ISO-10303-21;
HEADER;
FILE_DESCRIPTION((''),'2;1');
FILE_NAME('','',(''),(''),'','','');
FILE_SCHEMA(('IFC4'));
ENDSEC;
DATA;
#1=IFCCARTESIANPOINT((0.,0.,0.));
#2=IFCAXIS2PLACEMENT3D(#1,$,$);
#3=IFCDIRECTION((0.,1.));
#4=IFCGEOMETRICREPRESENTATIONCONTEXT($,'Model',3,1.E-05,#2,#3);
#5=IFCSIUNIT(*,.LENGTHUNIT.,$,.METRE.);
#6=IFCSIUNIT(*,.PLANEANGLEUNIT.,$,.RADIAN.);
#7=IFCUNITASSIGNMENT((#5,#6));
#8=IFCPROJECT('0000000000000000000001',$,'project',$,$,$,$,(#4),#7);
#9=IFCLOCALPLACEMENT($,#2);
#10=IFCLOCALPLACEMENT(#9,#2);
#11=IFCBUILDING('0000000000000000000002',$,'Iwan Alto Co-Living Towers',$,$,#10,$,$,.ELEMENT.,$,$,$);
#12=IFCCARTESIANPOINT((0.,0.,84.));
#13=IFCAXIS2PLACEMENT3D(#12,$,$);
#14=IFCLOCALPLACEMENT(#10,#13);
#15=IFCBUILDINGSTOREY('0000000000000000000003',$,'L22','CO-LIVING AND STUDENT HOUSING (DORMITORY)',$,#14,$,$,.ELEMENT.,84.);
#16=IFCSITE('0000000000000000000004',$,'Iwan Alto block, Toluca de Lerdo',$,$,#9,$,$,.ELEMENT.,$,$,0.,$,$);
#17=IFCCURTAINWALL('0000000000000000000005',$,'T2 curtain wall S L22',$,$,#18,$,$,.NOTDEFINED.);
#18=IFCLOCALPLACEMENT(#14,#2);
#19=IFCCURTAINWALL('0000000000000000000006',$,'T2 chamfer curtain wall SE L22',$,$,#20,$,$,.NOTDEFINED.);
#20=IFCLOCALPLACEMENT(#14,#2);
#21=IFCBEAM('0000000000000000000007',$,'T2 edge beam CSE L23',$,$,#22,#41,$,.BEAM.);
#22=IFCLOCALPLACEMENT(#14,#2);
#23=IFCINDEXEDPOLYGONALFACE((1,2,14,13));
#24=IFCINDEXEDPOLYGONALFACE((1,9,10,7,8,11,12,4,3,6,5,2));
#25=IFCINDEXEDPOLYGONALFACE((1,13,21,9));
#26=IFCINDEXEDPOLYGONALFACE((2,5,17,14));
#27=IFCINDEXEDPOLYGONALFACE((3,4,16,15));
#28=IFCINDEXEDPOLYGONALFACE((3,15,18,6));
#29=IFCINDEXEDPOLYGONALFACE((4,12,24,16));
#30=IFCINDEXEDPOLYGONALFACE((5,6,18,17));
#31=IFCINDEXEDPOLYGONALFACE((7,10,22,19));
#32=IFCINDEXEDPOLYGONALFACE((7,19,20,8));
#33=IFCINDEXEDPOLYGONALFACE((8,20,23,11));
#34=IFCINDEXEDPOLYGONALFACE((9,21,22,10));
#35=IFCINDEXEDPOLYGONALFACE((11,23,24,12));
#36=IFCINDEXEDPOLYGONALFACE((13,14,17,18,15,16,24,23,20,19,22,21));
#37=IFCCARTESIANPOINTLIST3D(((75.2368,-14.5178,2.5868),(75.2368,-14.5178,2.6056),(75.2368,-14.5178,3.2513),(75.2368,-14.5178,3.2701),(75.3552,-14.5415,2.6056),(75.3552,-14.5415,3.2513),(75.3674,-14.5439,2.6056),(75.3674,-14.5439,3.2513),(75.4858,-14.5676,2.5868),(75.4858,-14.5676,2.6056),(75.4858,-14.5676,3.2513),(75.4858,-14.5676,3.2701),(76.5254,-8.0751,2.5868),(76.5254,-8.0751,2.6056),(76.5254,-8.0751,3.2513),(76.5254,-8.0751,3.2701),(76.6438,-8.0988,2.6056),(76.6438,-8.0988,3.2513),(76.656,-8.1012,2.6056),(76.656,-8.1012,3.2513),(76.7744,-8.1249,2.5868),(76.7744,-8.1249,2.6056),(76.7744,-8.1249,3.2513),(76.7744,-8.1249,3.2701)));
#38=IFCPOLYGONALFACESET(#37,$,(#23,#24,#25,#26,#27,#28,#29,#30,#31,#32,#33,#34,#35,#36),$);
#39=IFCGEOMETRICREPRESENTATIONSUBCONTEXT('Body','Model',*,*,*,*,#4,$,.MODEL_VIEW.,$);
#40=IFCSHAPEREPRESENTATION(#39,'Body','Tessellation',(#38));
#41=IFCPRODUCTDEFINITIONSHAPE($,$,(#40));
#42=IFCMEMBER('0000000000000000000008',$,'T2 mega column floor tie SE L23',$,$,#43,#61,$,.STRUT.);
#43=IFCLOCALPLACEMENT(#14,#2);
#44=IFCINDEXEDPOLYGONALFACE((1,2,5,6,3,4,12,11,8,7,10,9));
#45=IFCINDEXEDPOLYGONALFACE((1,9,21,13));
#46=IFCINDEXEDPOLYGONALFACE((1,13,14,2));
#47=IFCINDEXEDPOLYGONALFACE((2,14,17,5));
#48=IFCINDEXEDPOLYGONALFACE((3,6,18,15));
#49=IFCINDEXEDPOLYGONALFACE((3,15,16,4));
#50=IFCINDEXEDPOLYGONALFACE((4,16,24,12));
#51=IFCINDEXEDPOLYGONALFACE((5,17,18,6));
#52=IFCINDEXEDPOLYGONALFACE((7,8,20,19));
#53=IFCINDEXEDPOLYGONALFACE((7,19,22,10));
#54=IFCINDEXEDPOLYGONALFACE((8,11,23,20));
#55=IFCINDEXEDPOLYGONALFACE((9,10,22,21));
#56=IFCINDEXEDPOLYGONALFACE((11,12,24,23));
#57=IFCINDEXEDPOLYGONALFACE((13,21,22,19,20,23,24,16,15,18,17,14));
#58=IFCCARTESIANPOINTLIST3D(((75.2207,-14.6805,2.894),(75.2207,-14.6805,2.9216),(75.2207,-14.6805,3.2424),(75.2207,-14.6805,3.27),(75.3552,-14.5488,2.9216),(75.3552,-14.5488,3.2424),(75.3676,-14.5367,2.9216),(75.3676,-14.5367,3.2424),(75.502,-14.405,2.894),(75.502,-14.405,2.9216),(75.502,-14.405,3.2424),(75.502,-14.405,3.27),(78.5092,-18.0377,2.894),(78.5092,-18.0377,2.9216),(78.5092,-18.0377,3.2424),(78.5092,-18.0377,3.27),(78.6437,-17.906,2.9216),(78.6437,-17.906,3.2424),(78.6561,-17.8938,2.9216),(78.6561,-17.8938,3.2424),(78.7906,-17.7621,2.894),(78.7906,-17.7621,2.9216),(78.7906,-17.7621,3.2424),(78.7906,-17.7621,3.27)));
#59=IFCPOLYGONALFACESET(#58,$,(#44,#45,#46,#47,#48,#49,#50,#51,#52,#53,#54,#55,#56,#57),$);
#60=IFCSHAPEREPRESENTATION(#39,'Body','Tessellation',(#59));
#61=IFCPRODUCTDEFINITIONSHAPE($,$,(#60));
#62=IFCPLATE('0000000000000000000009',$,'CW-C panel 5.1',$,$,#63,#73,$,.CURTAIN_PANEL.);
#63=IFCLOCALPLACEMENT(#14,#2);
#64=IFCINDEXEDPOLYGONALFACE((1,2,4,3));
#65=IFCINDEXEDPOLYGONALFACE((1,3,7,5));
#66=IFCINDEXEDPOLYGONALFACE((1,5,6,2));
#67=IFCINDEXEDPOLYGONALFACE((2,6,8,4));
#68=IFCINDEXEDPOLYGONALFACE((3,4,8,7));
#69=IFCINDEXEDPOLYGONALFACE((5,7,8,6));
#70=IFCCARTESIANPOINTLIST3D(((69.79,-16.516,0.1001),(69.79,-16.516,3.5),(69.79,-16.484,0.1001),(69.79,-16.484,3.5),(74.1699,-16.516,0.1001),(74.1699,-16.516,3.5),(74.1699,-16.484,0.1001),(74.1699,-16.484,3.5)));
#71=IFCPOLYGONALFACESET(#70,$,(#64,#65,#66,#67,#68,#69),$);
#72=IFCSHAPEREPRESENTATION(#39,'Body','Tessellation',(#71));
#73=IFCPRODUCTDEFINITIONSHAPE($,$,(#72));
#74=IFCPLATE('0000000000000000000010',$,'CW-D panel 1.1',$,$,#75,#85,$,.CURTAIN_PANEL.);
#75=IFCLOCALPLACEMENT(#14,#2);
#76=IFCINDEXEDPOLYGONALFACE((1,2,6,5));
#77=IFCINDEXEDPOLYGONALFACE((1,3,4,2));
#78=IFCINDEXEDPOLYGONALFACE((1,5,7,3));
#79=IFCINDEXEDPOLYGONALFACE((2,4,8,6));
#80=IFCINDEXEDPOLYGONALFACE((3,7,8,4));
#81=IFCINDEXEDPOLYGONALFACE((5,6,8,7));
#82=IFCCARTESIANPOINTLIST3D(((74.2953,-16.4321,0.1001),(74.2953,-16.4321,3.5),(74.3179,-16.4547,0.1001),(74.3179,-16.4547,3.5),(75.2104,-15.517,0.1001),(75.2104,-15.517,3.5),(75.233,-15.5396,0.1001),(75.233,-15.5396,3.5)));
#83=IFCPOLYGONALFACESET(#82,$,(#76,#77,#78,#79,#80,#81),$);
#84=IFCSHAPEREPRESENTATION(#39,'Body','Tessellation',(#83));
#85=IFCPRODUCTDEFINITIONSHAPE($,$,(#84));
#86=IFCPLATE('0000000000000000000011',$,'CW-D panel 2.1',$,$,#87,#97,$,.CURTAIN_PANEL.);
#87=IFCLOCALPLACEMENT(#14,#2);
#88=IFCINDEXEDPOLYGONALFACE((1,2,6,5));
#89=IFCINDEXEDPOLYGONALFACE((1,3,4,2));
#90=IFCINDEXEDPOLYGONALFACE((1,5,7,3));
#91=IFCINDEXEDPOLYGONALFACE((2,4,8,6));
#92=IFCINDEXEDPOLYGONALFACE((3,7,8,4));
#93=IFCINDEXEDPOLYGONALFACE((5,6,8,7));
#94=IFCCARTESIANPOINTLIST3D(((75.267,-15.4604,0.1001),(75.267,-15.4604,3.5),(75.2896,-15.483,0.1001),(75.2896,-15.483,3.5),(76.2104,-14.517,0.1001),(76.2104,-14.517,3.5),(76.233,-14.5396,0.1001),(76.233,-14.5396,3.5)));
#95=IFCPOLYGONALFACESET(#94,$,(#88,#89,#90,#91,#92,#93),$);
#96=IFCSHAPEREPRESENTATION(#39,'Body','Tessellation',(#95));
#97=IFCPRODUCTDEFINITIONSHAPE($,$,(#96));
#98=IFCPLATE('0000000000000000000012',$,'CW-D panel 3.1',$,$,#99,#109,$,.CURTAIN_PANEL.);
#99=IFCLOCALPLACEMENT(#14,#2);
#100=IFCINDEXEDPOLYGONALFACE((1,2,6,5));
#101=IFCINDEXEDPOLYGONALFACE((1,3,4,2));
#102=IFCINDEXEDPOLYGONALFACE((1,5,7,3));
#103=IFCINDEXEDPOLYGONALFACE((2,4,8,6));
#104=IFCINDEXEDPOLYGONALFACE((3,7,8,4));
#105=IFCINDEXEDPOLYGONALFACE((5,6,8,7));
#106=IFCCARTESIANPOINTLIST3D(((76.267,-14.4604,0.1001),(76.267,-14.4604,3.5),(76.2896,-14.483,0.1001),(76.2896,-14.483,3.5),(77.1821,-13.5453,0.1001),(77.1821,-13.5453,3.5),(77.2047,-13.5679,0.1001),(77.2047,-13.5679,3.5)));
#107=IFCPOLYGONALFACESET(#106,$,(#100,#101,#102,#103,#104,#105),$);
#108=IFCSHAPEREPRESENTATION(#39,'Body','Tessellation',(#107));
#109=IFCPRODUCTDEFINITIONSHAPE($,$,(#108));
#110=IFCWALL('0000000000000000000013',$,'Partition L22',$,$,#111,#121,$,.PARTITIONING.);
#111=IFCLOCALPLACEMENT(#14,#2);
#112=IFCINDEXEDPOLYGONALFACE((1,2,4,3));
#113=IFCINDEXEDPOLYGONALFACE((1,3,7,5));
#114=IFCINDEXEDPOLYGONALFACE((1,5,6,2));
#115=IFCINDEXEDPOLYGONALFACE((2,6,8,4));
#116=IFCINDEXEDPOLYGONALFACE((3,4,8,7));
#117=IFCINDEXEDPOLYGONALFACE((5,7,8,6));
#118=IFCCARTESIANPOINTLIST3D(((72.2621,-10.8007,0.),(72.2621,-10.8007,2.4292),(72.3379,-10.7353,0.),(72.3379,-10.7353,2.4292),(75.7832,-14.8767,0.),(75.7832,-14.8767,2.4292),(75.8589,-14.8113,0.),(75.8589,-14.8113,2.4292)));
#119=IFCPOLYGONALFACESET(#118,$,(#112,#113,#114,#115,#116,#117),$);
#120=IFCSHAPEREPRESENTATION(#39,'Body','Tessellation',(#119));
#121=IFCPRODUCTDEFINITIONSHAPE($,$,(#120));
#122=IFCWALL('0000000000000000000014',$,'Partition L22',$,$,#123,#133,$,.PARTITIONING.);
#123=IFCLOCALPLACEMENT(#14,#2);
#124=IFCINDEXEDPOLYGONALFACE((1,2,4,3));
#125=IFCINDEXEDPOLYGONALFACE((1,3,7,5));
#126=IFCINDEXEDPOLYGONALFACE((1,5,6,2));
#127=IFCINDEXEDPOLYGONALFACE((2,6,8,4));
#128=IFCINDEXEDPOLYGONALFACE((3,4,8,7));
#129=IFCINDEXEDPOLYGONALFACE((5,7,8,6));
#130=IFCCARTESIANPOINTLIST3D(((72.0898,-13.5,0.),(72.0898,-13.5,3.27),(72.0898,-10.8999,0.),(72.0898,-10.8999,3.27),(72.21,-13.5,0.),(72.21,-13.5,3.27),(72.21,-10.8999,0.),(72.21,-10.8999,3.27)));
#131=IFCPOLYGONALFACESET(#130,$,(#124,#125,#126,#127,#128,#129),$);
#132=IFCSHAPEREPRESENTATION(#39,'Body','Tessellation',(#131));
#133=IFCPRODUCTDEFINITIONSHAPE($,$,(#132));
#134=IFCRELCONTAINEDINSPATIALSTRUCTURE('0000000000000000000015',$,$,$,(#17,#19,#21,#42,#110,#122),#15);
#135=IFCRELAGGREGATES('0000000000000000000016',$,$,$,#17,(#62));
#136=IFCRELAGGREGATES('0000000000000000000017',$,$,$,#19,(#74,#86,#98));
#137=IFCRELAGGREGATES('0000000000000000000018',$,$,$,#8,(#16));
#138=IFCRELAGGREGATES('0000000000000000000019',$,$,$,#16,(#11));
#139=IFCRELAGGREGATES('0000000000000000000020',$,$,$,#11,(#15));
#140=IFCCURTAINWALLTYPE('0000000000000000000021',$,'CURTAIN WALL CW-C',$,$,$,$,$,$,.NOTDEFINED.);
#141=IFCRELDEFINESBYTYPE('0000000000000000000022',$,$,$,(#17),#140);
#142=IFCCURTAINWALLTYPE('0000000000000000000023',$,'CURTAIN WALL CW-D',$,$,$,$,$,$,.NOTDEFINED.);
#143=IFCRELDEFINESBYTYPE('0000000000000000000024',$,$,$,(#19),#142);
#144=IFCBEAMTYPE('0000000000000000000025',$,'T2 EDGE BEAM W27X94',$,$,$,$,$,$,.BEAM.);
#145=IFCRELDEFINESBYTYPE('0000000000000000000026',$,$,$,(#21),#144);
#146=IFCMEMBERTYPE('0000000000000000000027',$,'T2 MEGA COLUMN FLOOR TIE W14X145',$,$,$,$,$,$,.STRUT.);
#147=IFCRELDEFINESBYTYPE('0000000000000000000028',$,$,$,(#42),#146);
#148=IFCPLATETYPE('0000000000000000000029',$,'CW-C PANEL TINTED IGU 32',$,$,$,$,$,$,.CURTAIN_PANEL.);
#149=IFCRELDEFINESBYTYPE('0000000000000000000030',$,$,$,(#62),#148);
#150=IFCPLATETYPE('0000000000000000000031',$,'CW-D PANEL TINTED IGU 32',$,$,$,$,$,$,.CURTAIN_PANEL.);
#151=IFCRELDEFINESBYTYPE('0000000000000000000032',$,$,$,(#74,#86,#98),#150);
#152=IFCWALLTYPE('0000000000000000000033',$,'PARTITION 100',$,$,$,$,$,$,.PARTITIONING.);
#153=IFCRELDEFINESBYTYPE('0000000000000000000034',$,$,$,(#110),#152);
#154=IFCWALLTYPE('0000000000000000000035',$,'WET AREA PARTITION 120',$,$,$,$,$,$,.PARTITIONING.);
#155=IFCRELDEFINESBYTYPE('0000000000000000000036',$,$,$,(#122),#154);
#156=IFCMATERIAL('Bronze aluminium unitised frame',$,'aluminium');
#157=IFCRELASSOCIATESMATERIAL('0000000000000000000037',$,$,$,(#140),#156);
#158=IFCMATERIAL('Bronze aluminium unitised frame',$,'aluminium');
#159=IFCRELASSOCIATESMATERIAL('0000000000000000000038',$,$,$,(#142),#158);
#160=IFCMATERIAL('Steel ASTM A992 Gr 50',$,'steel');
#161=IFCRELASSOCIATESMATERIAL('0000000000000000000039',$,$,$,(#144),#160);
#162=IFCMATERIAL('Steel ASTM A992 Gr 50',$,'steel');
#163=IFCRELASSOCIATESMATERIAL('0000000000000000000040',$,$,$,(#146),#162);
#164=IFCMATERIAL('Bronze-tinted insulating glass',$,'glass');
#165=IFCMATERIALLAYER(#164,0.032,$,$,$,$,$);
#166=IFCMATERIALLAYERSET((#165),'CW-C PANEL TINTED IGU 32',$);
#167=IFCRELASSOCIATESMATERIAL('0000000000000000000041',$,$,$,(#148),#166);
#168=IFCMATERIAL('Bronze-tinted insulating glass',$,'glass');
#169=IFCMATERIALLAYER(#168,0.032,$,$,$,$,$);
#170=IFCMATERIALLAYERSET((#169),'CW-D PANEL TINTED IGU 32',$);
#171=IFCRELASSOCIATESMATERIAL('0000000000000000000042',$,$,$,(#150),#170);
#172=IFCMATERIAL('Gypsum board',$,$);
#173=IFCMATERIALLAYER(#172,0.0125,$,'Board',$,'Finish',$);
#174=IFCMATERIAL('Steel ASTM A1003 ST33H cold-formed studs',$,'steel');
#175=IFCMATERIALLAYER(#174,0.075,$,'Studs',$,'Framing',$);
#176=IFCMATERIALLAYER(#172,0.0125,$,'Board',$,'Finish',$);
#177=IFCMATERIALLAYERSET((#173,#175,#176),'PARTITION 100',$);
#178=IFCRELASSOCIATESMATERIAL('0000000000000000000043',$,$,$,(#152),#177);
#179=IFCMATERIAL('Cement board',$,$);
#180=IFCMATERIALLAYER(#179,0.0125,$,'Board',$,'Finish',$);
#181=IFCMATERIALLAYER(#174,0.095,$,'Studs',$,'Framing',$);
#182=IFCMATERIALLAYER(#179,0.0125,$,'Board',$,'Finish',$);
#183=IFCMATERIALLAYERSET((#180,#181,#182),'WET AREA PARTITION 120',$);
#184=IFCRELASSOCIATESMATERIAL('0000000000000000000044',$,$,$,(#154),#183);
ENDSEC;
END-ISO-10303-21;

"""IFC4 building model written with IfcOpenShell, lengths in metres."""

from ifc_helpers import new_model, si_unit, direction, frame, frame_2d, origin, origin_2d, place, context, subcontext, project, spatial, rectangle, i_section, extrude, material, layer, layer_set, material_profile, profile_set, type_object, element, aggregate, save


model = new_model("IFC4")

# Units and contexts
model_context = context("Model", 3, precision=1e-05, world=origin(), true_north=direction((0.0, 1.0)))
body_context = subcontext(model_context, "Body", "Model", "MODEL_VIEW")
ifc_project = project(units=[si_unit("LENGTHUNIT", "METRE"), si_unit("PLANEANGLEUNIT", "RADIAN")], contexts=[model_context])

# Site, building, storey
site_placement = place(None, origin())
site = spatial("IfcSite", under=ifc_project, at=site_placement, Name="Iwan Alto block, Toluca de Lerdo", CompositionType="ELEMENT", RefElevation=0.0)
building_placement = place(site_placement, origin())
building = spatial("IfcBuilding", under=site, at=building_placement, Name="Iwan Alto Co-Living Towers", CompositionType="ELEMENT")
storey_placement = place(building_placement, frame((0.0, 0.0, 84.0)))
storey = spatial("IfcBuildingStorey", under=building, at=storey_placement, Name="L22", Description="CO-LIVING AND STUDENT HOUSING (DORMITORY)", CompositionType="ELEMENT", Elevation=84.0)

# Curtain wall
ifc_material_1 = material(Name="Bronze aluminium unitised frame", Category="aluminium")
curtain_wall_type_1 = type_object("IfcCurtainWallType", Name="CURTAIN WALL CW-C", PredefinedType="NOTDEFINED", material=ifc_material_1)
curtain_wall_1_placement = place(storey_placement, origin())
curtain_wall_1 = element("IfcCurtainWall", 1, at=curtain_wall_1_placement, inside=storey, type_object=curtain_wall_type_1, Name="T2 curtain wall S L22", PredefinedType="NOTDEFINED")

# Curtain wall
ifc_material_2 = material(Name="Bronze aluminium unitised frame", Category="aluminium")
curtain_wall_type_2 = type_object("IfcCurtainWallType", Name="CURTAIN WALL CW-D", PredefinedType="NOTDEFINED", material=ifc_material_2)
curtain_wall_2_placement = place(storey_placement, origin())
curtain_wall_2 = element("IfcCurtainWall", 2, at=curtain_wall_2_placement, inside=storey, type_object=curtain_wall_type_2, Name="T2 chamfer curtain wall SE L22", PredefinedType="NOTDEFINED")

# Beam
ifc_material_3 = material(Name="Steel ASTM A992 Gr 50", Category="steel")
ifc_material_profile_1 = material_profile(ifc_material_3, i_section(OverallWidth=0.2539, OverallDepth=0.6833, WebThickness=0.0125, FlangeThickness=0.0188, at=origin_2d()), Name="W27X94")
ifc_profile_set_1 = profile_set([ifc_material_profile_1], Name="Steel ASTM A992 Gr 50")
beam_type_1 = type_object("IfcBeamType", Name="T2 EDGE BEAM W27X94", PredefinedType="BEAM", material=ifc_profile_set_1)
beam_1_placement = place(storey_placement, frame((75.3613, -14.5427, 2.9285), z_axis=(0.196123, 0.980579, 0.0), x_axis=(-0.980579, 0.196123, 0.0)))
element("IfcBeam", 3, at=beam_1_placement, inside=storey, type_object=beam_type_1, Name="T2 edge beam CSE L23", PredefinedType="BEAM", context=body_context, shape_type="SweptSolid", body=[
    extrude(i_section(OverallWidth=0.2539, OverallDepth=0.6833, WebThickness=0.0125, FlangeThickness=0.0188, at=origin_2d()), origin(), (0.0, 0.0, 1.0), 6.5703),
])

# Member
ifc_material_4 = material(Name="Steel ASTM A992 Gr 50", Category="steel")
ifc_material_profile_2 = material_profile(ifc_material_4, i_section(OverallWidth=0.3938, OverallDepth=0.376, WebThickness=0.0173, FlangeThickness=0.0276, at=origin_2d()), Name="W14X145")
ifc_profile_set_2 = profile_set([ifc_material_profile_2], Name="Steel ASTM A992 Gr 50")
member_type_1 = type_object("IfcMemberType", Name="T2 MEGA COLUMN FLOOR TIE W14X145", PredefinedType="STRUT", material=ifc_profile_set_2)
member_1_placement = place(storey_placement, frame((78.6499, -17.8999, 3.082), z_axis=(-0.69977, 0.714368, 0.0), x_axis=(-0.714368, -0.69977, 0.0)))
element("IfcMember", 4, at=member_1_placement, inside=storey, type_object=member_type_1, Name="T2 mega column floor tie SE L23", PredefinedType="STRUT", context=body_context, shape_type="SweptSolid", body=[
    extrude(i_section(OverallWidth=0.3938, OverallDepth=0.376, WebThickness=0.0173, FlangeThickness=0.0276, at=origin_2d()), origin(), (0.0, 0.0, 1.0), 4.6995),
])

# Plates
ifc_material_5 = material(Name="Bronze-tinted insulating glass", Category="glass")
ifc_layer_1 = layer(ifc_material_5, 0.032)
ifc_layer_set_1 = layer_set([ifc_layer_1], Name="CW-C PANEL TINTED IGU 32")
plate_type_1 = type_object("IfcPlateType", Name="CW-C PANEL TINTED IGU 32", PredefinedType="CURTAIN_PANEL", material=ifc_layer_set_1)
plate_1_placement = place(storey_placement, frame((71.98, -16.5, 0.1001), z_axis=(0.0, 0.0, 1.0), x_axis=(1.0, 0.0, 0.0)))
plate_1 = element("IfcPlate", 5, at=plate_1_placement, type_object=plate_type_1, Name="CW-C panel 5.1", PredefinedType="CURTAIN_PANEL", context=body_context, shape_type="SweptSolid", body=[
    extrude(rectangle(XDim=4.3799, YDim=0.032, at=origin_2d()), origin(), (0.0, 0.0, 1.0), 3.3999),
])
aggregate(curtain_wall_1, [plate_1])
ifc_material_6 = material(Name="Bronze-tinted insulating glass", Category="glass")
ifc_layer_2 = layer(ifc_material_6, 0.032)
ifc_layer_set_2 = layer_set([ifc_layer_2], Name="CW-D PANEL TINTED IGU 32")
plate_type_2 = type_object("IfcPlateType", Name="CW-D PANEL TINTED IGU 32", PredefinedType="CURTAIN_PANEL", material=ifc_layer_set_2)
plate_2_placement = place(storey_placement, frame((74.7642, -15.9858, 0.1001), z_axis=(0.0, 0.0, 1.0), x_axis=(0.707107, 0.707107, 0.0)))
plate_2 = element("IfcPlate", 6, at=plate_2_placement, type_object=plate_type_2, Name="CW-D panel 1.1", PredefinedType="CURTAIN_PANEL", context=body_context, shape_type="SweptSolid", body=[
    extrude(rectangle(XDim=1.2942, YDim=0.032, at=origin_2d()), origin(), (0.0, 0.0, 1.0), 3.3999),
])
plate_3_placement = place(storey_placement, frame((75.75, -15.0, 0.1001), z_axis=(0.0, 0.0, 1.0), x_axis=(0.707107, 0.707107, 0.0)))
plate_3 = element("IfcPlate", 7, at=plate_3_placement, type_object=plate_type_2, Name="CW-D panel 2.1", PredefinedType="CURTAIN_PANEL", context=body_context, shape_type="SweptSolid", body=[
    extrude(rectangle(XDim=1.3342, YDim=0.032, at=origin_2d()), origin(), (0.0, 0.0, 1.0), 3.3999),
])
plate_4_placement = place(storey_placement, frame((76.7358, -14.0142, 0.1001), z_axis=(0.0, 0.0, 1.0), x_axis=(0.707107, 0.707107, 0.0)))
plate_4 = element("IfcPlate", 8, at=plate_4_placement, type_object=plate_type_2, Name="CW-D panel 3.1", PredefinedType="CURTAIN_PANEL", context=body_context, shape_type="SweptSolid", body=[
    extrude(rectangle(XDim=1.2942, YDim=0.032, at=origin_2d()), origin(), (0.0, 0.0, 1.0), 3.3999),
])
aggregate(curtain_wall_2, [plate_2, plate_3, plate_4])

# Walls
ifc_material_7 = material(Name="Gypsum board")
ifc_layer_3 = layer(ifc_material_7, 0.0125, Name="Board", Category="Finish")
ifc_material_8 = material(Name="Steel ASTM A1003 ST33H cold-formed studs", Category="steel")
ifc_layer_4 = layer(ifc_material_8, 0.075, Name="Studs", Category="Framing")
ifc_layer_5 = layer(ifc_material_7, 0.0125, Name="Board", Category="Finish")
ifc_layer_set_3 = layer_set([ifc_layer_3, ifc_layer_4, ifc_layer_5], Name="PARTITION 100")
wall_type_1 = type_object("IfcWallType", Name="PARTITION 100", PredefinedType="PARTITIONING", material=ifc_layer_set_3)
wall_1_placement = place(storey_placement, frame((75.821, -14.844, 0.0), z_axis=(0.0, 0.0, 1.0), x_axis=(-0.653713, 0.756742, 0.0)))
element("IfcWall", 9, at=wall_1_placement, inside=storey, type_object=wall_type_1, Name="Partition L22", PredefinedType="PARTITIONING", context=body_context, shape_type="SweptSolid", body=[
    extrude(rectangle(XDim=5.3862, YDim=0.1001, at=frame_2d((2.6931, 0.0))), origin(), (0.0, 0.0, 1.0), 2.4292),
])
ifc_material_9 = material(Name="Cement board")
ifc_layer_6 = layer(ifc_material_9, 0.0125, Name="Board", Category="Finish")
ifc_layer_7 = layer(ifc_material_8, 0.095, Name="Studs", Category="Framing")
ifc_layer_8 = layer(ifc_material_9, 0.0125, Name="Board", Category="Finish")
ifc_layer_set_4 = layer_set([ifc_layer_6, ifc_layer_7, ifc_layer_8], Name="WET AREA PARTITION 120")
wall_type_2 = type_object("IfcWallType", Name="WET AREA PARTITION 120", PredefinedType="PARTITIONING", material=ifc_layer_set_4)
wall_2_placement = place(storey_placement, frame((72.1499, -13.5, 0.0), z_axis=(0.0, 0.0, 1.0), x_axis=(0.0, 1.0, 0.0)))
element("IfcWall", 10, at=wall_2_placement, inside=storey, type_object=wall_type_2, Name="Partition L22", PredefinedType="PARTITIONING", context=body_context, shape_type="SweptSolid", body=[
    extrude(rectangle(XDim=2.6001, YDim=0.1201, at=frame_2d((1.3, 0.0))), origin(), (0.0, 0.0, 1.0), 3.27),
])

save(model, "model.ifc")
